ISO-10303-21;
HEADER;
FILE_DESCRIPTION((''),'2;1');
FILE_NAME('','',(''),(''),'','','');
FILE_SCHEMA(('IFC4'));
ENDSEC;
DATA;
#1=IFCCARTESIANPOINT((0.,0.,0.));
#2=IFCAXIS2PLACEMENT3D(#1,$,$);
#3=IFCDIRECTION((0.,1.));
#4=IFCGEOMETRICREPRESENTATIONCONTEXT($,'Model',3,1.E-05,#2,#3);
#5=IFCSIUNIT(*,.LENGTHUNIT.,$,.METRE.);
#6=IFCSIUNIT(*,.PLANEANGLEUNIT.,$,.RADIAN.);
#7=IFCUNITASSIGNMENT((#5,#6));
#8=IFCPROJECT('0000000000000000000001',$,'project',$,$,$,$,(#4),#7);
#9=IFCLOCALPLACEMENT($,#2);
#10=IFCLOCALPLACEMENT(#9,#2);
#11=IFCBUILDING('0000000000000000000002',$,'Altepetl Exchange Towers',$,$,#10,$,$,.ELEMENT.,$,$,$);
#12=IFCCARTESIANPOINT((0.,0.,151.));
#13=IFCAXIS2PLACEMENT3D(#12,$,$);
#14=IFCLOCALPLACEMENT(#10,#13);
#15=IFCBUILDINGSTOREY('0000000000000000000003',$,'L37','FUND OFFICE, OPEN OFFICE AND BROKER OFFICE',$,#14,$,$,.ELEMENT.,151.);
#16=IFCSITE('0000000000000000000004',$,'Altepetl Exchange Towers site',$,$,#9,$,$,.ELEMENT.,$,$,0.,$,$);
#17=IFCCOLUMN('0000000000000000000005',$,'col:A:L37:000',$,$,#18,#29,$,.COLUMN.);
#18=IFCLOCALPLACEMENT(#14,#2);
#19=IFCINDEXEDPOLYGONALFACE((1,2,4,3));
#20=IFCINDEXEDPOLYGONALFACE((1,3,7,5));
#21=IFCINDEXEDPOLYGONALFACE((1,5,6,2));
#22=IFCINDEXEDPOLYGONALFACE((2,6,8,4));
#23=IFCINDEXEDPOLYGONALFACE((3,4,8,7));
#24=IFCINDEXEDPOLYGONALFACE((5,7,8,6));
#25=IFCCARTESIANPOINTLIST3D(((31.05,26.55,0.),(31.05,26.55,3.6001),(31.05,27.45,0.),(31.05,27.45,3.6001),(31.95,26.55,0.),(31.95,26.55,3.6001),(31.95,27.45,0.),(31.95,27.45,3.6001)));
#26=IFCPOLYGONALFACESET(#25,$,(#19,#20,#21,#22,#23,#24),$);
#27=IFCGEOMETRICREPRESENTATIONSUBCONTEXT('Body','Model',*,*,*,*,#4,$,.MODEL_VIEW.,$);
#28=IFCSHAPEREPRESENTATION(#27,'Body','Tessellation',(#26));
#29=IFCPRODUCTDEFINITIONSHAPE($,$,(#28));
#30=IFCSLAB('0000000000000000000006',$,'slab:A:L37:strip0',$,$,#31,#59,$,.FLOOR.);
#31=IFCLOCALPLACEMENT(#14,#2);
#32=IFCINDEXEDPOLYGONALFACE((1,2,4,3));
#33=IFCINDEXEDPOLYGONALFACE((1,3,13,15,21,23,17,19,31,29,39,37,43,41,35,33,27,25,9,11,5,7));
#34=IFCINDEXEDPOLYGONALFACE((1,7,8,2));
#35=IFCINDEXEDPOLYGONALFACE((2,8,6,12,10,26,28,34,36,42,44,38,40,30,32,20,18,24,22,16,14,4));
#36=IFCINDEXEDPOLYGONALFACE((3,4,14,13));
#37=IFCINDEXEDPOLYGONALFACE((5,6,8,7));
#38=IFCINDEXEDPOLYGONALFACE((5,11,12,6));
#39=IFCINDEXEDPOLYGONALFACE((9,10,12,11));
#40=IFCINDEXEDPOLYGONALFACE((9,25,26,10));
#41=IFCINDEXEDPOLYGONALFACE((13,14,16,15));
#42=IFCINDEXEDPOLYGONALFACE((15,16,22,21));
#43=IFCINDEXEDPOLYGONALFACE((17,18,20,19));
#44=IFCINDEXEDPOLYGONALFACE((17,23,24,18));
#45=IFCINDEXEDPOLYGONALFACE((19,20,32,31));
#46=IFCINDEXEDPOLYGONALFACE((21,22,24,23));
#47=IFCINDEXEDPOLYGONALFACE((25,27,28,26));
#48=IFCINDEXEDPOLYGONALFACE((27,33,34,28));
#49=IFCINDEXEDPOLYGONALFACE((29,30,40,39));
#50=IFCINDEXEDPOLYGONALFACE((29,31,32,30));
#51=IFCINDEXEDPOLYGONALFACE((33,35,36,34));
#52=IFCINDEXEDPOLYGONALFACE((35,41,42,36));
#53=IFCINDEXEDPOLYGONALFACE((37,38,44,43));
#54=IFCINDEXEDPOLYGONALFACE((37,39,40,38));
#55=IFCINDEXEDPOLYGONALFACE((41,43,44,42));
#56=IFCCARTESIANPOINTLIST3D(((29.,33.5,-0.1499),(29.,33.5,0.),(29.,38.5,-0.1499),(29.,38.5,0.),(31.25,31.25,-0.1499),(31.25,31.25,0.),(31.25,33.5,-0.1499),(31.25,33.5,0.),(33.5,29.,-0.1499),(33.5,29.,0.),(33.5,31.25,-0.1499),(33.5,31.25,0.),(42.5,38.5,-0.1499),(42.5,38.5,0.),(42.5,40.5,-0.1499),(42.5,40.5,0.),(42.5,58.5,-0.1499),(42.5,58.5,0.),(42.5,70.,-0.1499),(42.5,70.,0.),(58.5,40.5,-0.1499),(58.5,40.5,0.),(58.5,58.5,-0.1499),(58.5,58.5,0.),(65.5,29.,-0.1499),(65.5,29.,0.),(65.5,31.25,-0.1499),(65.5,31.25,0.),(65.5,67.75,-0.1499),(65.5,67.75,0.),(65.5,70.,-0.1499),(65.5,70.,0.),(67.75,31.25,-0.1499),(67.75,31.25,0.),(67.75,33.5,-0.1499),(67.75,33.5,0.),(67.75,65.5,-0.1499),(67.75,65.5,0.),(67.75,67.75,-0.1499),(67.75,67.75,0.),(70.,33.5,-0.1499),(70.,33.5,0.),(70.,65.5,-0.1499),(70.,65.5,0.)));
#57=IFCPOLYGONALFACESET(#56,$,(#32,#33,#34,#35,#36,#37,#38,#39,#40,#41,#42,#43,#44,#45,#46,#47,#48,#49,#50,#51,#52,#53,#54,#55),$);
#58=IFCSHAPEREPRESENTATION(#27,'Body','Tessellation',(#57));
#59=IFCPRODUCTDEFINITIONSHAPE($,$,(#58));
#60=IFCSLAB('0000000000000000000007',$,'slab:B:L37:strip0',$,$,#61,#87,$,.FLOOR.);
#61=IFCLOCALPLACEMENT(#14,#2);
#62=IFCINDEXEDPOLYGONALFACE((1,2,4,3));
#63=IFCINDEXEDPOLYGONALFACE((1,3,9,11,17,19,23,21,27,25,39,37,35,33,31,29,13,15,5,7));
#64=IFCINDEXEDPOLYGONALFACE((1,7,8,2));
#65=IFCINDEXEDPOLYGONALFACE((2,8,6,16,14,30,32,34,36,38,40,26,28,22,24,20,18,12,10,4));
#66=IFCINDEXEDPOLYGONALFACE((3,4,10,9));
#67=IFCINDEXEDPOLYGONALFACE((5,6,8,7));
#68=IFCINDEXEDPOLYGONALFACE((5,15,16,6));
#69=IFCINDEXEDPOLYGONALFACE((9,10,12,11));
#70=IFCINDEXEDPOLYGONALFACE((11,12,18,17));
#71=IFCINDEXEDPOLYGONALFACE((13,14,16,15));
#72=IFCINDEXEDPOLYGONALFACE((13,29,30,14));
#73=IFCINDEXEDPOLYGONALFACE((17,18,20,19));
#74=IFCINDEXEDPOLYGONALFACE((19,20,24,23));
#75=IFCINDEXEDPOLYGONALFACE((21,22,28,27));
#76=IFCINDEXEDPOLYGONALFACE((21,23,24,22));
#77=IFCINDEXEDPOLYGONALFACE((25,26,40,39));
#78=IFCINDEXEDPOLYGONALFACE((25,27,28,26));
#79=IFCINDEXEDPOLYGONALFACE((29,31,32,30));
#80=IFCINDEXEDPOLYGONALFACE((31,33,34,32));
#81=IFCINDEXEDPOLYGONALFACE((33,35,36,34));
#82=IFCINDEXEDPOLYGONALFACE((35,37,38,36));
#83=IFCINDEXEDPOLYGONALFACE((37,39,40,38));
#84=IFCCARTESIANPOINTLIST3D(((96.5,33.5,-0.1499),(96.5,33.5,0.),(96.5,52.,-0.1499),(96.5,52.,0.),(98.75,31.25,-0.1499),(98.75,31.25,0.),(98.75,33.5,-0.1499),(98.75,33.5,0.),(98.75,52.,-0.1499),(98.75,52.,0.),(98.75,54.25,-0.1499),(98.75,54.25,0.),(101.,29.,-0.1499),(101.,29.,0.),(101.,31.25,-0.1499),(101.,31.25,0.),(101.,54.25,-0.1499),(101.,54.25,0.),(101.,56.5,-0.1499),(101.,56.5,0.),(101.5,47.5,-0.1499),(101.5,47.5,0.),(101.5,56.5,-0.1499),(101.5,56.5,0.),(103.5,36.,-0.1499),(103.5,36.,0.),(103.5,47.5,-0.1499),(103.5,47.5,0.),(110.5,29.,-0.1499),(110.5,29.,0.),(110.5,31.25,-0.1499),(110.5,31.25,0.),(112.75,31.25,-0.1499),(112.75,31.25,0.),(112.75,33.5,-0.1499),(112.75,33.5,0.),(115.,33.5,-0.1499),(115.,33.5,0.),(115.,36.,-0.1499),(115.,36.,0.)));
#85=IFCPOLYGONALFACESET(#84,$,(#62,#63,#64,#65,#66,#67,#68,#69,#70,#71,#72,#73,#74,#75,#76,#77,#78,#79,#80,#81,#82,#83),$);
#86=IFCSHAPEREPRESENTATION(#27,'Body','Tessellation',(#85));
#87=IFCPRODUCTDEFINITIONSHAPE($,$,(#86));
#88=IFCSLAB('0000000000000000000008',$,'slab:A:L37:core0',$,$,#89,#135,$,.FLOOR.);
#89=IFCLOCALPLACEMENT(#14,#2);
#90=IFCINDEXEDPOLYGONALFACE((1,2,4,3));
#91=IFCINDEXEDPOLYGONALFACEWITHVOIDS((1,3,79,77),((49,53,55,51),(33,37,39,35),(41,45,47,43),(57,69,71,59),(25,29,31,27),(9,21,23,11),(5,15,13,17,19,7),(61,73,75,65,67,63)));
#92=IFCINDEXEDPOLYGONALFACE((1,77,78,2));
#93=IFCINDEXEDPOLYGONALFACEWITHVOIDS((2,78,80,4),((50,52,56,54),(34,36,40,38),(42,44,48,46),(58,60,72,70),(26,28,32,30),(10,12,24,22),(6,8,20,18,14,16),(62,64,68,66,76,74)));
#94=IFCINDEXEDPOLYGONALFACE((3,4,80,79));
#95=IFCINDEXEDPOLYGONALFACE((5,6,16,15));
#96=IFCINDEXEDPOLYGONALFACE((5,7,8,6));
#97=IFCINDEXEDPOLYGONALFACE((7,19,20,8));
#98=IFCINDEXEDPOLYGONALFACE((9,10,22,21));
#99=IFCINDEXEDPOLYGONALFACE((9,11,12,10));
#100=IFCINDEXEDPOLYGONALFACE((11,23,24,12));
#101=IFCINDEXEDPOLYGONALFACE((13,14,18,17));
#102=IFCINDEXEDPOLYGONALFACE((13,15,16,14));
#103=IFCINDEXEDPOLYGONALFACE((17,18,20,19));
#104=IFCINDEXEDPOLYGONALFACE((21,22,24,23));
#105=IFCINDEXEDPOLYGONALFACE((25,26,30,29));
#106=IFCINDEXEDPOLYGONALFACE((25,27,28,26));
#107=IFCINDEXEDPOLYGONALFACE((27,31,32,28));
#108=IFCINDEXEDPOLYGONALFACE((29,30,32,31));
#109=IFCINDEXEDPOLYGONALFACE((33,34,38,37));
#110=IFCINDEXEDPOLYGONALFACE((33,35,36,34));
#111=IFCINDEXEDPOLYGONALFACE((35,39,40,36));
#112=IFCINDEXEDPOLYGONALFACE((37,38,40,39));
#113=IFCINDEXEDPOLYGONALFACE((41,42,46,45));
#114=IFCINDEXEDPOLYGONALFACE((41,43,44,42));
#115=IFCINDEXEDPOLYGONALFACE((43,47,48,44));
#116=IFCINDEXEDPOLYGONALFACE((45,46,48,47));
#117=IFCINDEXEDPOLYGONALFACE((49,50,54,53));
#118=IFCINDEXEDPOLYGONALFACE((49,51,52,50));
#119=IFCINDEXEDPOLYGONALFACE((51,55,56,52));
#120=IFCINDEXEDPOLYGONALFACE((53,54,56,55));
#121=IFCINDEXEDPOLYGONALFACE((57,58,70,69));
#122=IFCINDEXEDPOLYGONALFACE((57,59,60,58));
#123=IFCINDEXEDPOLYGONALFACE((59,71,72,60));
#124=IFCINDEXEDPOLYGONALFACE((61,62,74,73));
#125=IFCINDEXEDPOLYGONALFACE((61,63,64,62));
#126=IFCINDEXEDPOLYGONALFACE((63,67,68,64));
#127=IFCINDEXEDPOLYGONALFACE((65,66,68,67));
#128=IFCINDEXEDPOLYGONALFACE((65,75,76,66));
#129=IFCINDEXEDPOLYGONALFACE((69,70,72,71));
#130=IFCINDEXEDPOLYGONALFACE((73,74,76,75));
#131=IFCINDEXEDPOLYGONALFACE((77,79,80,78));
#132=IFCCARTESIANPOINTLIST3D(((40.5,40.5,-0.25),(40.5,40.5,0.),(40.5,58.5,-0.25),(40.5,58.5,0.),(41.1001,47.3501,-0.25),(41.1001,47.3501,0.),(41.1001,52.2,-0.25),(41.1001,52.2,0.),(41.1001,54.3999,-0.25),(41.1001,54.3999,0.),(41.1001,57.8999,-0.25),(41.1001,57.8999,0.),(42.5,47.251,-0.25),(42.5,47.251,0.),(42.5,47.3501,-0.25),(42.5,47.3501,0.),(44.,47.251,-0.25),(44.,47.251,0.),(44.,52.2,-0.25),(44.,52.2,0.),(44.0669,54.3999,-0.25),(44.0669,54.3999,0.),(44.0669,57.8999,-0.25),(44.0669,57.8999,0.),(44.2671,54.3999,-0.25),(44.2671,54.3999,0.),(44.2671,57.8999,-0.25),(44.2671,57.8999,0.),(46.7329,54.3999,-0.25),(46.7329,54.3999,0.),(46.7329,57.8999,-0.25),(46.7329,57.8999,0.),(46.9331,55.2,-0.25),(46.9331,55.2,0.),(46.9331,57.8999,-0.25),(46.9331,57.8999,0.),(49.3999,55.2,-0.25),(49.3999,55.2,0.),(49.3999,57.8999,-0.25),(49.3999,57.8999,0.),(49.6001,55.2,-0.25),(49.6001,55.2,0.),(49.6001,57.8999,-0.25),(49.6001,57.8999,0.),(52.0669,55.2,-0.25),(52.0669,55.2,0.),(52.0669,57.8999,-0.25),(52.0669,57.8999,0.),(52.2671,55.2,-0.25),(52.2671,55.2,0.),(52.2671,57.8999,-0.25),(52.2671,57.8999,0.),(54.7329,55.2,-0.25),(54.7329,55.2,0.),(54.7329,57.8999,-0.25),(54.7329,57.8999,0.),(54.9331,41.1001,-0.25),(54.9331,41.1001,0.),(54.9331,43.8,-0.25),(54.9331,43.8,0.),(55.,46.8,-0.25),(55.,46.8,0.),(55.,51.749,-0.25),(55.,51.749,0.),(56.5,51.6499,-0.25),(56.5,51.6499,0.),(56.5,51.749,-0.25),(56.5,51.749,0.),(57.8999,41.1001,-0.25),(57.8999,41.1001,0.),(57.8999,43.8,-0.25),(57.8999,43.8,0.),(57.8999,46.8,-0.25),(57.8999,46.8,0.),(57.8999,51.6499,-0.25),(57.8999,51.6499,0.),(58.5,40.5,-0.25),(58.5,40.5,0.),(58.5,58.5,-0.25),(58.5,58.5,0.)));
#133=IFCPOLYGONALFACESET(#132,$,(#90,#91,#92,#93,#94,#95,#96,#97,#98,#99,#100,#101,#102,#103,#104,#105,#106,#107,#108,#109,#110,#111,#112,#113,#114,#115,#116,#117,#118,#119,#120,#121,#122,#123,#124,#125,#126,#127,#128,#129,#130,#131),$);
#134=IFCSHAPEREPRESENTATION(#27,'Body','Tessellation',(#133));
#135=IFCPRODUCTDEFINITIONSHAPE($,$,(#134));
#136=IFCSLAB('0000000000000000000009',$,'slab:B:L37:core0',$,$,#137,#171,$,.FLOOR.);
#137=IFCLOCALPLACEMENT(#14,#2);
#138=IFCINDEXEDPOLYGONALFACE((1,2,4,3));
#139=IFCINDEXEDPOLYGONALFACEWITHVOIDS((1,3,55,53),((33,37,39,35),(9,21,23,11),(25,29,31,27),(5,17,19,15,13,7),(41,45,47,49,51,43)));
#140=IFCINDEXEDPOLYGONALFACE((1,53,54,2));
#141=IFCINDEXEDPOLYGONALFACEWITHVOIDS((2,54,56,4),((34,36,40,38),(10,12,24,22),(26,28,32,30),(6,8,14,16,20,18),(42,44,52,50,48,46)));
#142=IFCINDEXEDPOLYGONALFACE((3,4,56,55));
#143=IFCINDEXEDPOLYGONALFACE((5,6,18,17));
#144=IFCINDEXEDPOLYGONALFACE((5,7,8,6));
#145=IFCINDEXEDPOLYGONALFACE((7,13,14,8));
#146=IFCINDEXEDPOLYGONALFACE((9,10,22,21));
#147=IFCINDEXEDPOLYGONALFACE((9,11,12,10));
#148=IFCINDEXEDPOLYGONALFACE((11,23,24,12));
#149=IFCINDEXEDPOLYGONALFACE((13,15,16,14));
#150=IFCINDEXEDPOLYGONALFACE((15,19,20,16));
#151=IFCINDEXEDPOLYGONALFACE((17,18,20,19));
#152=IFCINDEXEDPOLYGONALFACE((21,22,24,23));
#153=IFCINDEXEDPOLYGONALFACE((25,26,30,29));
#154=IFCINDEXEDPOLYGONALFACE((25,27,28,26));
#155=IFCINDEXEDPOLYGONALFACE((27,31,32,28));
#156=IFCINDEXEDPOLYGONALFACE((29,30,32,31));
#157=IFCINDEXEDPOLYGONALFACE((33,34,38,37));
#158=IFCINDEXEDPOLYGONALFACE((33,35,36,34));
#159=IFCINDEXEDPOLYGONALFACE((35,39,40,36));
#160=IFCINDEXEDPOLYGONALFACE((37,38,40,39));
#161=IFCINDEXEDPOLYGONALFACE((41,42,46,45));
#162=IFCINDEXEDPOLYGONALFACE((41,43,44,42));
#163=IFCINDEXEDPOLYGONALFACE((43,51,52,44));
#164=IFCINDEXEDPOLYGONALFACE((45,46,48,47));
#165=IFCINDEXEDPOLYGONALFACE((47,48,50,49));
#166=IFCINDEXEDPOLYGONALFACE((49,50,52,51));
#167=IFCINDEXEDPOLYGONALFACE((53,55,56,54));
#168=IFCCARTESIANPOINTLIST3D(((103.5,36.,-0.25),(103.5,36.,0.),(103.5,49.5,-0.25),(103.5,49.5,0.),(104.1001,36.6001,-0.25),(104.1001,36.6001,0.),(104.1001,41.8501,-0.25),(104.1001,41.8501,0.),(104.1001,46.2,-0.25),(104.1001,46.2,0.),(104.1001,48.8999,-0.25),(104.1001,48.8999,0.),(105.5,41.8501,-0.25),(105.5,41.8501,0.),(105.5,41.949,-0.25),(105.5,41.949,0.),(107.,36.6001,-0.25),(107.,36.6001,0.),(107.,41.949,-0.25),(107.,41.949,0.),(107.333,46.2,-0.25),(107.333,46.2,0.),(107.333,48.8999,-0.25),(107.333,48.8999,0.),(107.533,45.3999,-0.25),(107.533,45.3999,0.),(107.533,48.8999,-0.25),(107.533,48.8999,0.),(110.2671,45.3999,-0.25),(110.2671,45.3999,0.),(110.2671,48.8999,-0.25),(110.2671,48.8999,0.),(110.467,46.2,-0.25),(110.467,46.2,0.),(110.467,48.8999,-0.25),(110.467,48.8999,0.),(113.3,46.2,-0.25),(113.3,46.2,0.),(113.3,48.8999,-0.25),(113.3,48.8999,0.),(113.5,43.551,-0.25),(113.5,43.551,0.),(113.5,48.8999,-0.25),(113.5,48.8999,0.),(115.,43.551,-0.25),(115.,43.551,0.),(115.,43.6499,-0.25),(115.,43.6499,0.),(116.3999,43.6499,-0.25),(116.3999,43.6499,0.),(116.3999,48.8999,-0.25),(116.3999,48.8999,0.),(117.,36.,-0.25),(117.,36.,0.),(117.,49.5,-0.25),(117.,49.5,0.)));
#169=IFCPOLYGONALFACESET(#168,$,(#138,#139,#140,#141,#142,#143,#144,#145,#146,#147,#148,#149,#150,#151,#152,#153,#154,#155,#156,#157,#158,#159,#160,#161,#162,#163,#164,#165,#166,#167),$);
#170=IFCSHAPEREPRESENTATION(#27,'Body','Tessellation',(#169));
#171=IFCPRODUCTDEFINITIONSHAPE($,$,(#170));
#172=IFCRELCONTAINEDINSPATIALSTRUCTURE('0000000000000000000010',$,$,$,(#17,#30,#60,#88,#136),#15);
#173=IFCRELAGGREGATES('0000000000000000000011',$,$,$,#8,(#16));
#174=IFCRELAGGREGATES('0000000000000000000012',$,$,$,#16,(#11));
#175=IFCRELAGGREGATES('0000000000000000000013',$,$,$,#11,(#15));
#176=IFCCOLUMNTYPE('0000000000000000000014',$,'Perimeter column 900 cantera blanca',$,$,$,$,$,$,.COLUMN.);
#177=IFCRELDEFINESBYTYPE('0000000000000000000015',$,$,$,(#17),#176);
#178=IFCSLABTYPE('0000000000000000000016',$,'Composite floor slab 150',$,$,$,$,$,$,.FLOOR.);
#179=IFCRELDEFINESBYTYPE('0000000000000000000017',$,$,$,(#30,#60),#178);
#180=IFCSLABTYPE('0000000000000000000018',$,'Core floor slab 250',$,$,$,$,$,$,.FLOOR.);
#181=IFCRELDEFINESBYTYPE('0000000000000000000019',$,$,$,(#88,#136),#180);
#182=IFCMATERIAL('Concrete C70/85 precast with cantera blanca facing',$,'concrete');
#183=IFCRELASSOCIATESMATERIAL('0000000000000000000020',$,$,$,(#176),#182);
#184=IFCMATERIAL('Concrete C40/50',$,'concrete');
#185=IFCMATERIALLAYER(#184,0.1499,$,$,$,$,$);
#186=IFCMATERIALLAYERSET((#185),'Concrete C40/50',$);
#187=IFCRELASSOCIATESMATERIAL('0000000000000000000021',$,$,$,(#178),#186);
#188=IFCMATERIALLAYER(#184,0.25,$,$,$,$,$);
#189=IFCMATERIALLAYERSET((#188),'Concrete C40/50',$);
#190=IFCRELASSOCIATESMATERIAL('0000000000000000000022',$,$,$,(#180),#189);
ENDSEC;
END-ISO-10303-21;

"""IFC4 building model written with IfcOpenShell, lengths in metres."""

from ifc_helpers import new_model, si_unit, direction, frame, origin, origin_2d, place, context, subcontext, project, spatial, polyline, rectangle, outline, extrude, material, layer, layer_set, material_profile, profile_set, type_object, element, save


model = new_model("IFC4")

# Units and contexts
model_context = context("Model", 3, precision=1e-05, world=origin(), true_north=direction((0.0, 1.0)))
body_context = subcontext(model_context, "Body", "Model", "MODEL_VIEW")
ifc_project = project(units=[si_unit("LENGTHUNIT", "METRE"), si_unit("PLANEANGLEUNIT", "RADIAN")], contexts=[model_context])

# Site, building, storey
site_placement = place(None, origin())
site = spatial("IfcSite", under=ifc_project, at=site_placement, Name="Altepetl Exchange Towers site", CompositionType="ELEMENT", RefElevation=0.0)
building_placement = place(site_placement, origin())
building = spatial("IfcBuilding", under=site, at=building_placement, Name="Altepetl Exchange Towers", CompositionType="ELEMENT")
storey_placement = place(building_placement, frame((0.0, 0.0, 151.0)))
storey = spatial("IfcBuildingStorey", under=building, at=storey_placement, Name="L37", Description="FUND OFFICE, OPEN OFFICE AND BROKER OFFICE", CompositionType="ELEMENT", Elevation=151.0)

# Column
ifc_material_1 = material(Name="Concrete C70/85 precast with cantera blanca facing", Category="concrete")
ifc_material_profile = material_profile(ifc_material_1, rectangle(XDim=0.8999, YDim=0.8999, at=origin_2d()), Name="900 x 900")
ifc_profile_set = profile_set([ifc_material_profile], Name="Concrete C70/85 precast with cantera blanca facing")
column_type = type_object("IfcColumnType", Name="Perimeter column 900 cantera blanca", PredefinedType="COLUMN", material=ifc_profile_set)
column_placement = place(storey_placement, frame((31.5, 27.0, 0.0)))
element("IfcColumn", 1, at=column_placement, inside=storey, type_object=column_type, Name="col:A:L37:000", PredefinedType="COLUMN", context=body_context, shape_type="SweptSolid", body=[
    extrude(rectangle(XDim=0.8999, YDim=0.8999, at=origin_2d()), origin(), (0.0, 0.0, 1.0), 3.6001),
])

# Slabs
ifc_material_2 = material(Name="Concrete C40/50", Category="concrete")
ifc_layer_1 = layer(ifc_material_2, 0.1499)
ifc_layer_set_1 = layer_set([ifc_layer_1], Name="Concrete C40/50")
slab_type_1 = type_object("IfcSlabType", Name="Composite floor slab 150", PredefinedType="FLOOR", material=ifc_layer_set_1)
slab_1_placement = place(storey_placement, frame((0.0, 0.0, -0.1499)))
element("IfcSlab", 2, at=slab_1_placement, inside=storey, type_object=slab_type_1, Name="slab:A:L37:strip0", PredefinedType="FLOOR", context=body_context, shape_type="SweptSolid", body=[
    extrude(outline(polyline([(42.5, 70.0), (42.5, 58.5), (58.5, 58.5), (58.5, 40.5), (42.5, 40.5), (42.5, 38.5), (29.0, 38.5), (29.0, 33.5), (31.25, 33.5), (31.25, 31.25), (33.5, 31.25), (33.5, 29.0), (65.5, 29.0), (65.5, 31.25), (67.75, 31.25), (67.75, 33.5), (70.0, 33.5), (70.0, 65.5), (67.75, 65.5), (67.75, 67.75), (65.5, 67.75), (65.5, 70.0), (42.5, 70.0)])), origin(), (0.0, 0.0, 1.0), 0.1499),
])
slab_2_placement = place(storey_placement, frame((0.0, 0.0, -0.1499)))
element("IfcSlab", 3, at=slab_2_placement, inside=storey, type_object=slab_type_1, Name="slab:B:L37:strip0", PredefinedType="FLOOR", context=body_context, shape_type="SweptSolid", body=[
    extrude(outline(polyline([(98.75, 31.25), (101.0, 31.25), (101.0, 29.0), (110.5, 29.0), (110.5, 31.25), (112.75, 31.25), (112.75, 33.5), (115.0, 33.5), (115.0, 36.0), (103.5, 36.0), (103.5, 47.5), (101.5, 47.5), (101.5, 56.5), (101.0, 56.5), (101.0, 54.25), (98.75, 54.25), (98.75, 52.0), (96.5, 52.0), (96.5, 33.5), (98.75, 33.5), (98.75, 31.25)])), origin(), (0.0, 0.0, 1.0), 0.1499),
])
ifc_layer_2 = layer(ifc_material_2, 0.25)
ifc_layer_set_2 = layer_set([ifc_layer_2], Name="Concrete C40/50")
slab_type_2 = type_object("IfcSlabType", Name="Core floor slab 250", PredefinedType="FLOOR", material=ifc_layer_set_2)
slab_3_placement = place(storey_placement, frame((0.0, 0.0, -0.25)))
element("IfcSlab", 4, at=slab_3_placement, inside=storey, type_object=slab_type_2, Name="slab:A:L37:core0", PredefinedType="FLOOR", context=body_context, shape_type="SweptSolid", body=[
    extrude(outline(polyline([(40.5, 40.5), (58.5, 40.5), (58.5, 58.5), (40.5, 58.5), (40.5, 40.5)]), holes=[polyline([(54.9331, 43.8), (57.8999, 43.8), (57.8999, 41.1001), (54.9331, 41.1001), (54.9331, 43.8)]), polyline([(55.0, 51.749), (56.5, 51.749), (56.5, 51.6499), (57.8999, 51.6499), (57.8999, 46.8), (55.0, 46.8), (55.0, 51.749)]), polyline([(44.0, 47.251), (42.5, 47.251), (42.5, 47.3501), (41.1001, 47.3501), (41.1001, 52.2), (44.0, 52.2), (44.0, 47.251)]), polyline([(41.1001, 57.8999), (44.0669, 57.8999), (44.0669, 54.3999), (41.1001, 54.3999), (41.1001, 57.8999)]), polyline([(44.2671, 57.8999), (46.7329, 57.8999), (46.7329, 54.3999), (44.2671, 54.3999), (44.2671, 57.8999)]), polyline([(46.9331, 57.8999), (49.3999, 57.8999), (49.3999, 55.2), (46.9331, 55.2), (46.9331, 57.8999)]), polyline([(49.6001, 57.8999), (52.0669, 57.8999), (52.0669, 55.2), (49.6001, 55.2), (49.6001, 57.8999)]), polyline([(52.2671, 57.8999), (54.7329, 57.8999), (54.7329, 55.2), (52.2671, 55.2), (52.2671, 57.8999)])]), origin(), (0.0, 0.0, 1.0), 0.25),
])
slab_4_placement = place(storey_placement, frame((0.0, 0.0, -0.25)))
element("IfcSlab", 5, at=slab_4_placement, inside=storey, type_object=slab_type_2, Name="slab:B:L37:core0", PredefinedType="FLOOR", context=body_context, shape_type="SweptSolid", body=[
    extrude(outline(polyline([(103.5, 36.0), (117.0, 36.0), (117.0, 49.5), (103.5, 49.5), (103.5, 36.0)]), holes=[polyline([(107.0, 36.6001), (104.1001, 36.6001), (104.1001, 41.8501), (105.5, 41.8501), (105.5, 41.949), (107.0, 41.949), (107.0, 36.6001)]), polyline([(113.5, 48.8999), (116.3999, 48.8999), (116.3999, 43.6499), (115.0, 43.6499), (115.0, 43.551), (113.5, 43.551), (113.5, 48.8999)]), polyline([(107.533, 45.3999), (107.533, 48.8999), (110.2671, 48.8999), (110.2671, 45.3999), (107.533, 45.3999)]), polyline([(104.1001, 48.8999), (107.333, 48.8999), (107.333, 46.2), (104.1001, 46.2), (104.1001, 48.8999)]), polyline([(110.467, 48.8999), (113.3, 48.8999), (113.3, 46.2), (110.467, 46.2), (110.467, 48.8999)])]), origin(), (0.0, 0.0, 1.0), 0.25),
])

save(model, "model.ifc")
